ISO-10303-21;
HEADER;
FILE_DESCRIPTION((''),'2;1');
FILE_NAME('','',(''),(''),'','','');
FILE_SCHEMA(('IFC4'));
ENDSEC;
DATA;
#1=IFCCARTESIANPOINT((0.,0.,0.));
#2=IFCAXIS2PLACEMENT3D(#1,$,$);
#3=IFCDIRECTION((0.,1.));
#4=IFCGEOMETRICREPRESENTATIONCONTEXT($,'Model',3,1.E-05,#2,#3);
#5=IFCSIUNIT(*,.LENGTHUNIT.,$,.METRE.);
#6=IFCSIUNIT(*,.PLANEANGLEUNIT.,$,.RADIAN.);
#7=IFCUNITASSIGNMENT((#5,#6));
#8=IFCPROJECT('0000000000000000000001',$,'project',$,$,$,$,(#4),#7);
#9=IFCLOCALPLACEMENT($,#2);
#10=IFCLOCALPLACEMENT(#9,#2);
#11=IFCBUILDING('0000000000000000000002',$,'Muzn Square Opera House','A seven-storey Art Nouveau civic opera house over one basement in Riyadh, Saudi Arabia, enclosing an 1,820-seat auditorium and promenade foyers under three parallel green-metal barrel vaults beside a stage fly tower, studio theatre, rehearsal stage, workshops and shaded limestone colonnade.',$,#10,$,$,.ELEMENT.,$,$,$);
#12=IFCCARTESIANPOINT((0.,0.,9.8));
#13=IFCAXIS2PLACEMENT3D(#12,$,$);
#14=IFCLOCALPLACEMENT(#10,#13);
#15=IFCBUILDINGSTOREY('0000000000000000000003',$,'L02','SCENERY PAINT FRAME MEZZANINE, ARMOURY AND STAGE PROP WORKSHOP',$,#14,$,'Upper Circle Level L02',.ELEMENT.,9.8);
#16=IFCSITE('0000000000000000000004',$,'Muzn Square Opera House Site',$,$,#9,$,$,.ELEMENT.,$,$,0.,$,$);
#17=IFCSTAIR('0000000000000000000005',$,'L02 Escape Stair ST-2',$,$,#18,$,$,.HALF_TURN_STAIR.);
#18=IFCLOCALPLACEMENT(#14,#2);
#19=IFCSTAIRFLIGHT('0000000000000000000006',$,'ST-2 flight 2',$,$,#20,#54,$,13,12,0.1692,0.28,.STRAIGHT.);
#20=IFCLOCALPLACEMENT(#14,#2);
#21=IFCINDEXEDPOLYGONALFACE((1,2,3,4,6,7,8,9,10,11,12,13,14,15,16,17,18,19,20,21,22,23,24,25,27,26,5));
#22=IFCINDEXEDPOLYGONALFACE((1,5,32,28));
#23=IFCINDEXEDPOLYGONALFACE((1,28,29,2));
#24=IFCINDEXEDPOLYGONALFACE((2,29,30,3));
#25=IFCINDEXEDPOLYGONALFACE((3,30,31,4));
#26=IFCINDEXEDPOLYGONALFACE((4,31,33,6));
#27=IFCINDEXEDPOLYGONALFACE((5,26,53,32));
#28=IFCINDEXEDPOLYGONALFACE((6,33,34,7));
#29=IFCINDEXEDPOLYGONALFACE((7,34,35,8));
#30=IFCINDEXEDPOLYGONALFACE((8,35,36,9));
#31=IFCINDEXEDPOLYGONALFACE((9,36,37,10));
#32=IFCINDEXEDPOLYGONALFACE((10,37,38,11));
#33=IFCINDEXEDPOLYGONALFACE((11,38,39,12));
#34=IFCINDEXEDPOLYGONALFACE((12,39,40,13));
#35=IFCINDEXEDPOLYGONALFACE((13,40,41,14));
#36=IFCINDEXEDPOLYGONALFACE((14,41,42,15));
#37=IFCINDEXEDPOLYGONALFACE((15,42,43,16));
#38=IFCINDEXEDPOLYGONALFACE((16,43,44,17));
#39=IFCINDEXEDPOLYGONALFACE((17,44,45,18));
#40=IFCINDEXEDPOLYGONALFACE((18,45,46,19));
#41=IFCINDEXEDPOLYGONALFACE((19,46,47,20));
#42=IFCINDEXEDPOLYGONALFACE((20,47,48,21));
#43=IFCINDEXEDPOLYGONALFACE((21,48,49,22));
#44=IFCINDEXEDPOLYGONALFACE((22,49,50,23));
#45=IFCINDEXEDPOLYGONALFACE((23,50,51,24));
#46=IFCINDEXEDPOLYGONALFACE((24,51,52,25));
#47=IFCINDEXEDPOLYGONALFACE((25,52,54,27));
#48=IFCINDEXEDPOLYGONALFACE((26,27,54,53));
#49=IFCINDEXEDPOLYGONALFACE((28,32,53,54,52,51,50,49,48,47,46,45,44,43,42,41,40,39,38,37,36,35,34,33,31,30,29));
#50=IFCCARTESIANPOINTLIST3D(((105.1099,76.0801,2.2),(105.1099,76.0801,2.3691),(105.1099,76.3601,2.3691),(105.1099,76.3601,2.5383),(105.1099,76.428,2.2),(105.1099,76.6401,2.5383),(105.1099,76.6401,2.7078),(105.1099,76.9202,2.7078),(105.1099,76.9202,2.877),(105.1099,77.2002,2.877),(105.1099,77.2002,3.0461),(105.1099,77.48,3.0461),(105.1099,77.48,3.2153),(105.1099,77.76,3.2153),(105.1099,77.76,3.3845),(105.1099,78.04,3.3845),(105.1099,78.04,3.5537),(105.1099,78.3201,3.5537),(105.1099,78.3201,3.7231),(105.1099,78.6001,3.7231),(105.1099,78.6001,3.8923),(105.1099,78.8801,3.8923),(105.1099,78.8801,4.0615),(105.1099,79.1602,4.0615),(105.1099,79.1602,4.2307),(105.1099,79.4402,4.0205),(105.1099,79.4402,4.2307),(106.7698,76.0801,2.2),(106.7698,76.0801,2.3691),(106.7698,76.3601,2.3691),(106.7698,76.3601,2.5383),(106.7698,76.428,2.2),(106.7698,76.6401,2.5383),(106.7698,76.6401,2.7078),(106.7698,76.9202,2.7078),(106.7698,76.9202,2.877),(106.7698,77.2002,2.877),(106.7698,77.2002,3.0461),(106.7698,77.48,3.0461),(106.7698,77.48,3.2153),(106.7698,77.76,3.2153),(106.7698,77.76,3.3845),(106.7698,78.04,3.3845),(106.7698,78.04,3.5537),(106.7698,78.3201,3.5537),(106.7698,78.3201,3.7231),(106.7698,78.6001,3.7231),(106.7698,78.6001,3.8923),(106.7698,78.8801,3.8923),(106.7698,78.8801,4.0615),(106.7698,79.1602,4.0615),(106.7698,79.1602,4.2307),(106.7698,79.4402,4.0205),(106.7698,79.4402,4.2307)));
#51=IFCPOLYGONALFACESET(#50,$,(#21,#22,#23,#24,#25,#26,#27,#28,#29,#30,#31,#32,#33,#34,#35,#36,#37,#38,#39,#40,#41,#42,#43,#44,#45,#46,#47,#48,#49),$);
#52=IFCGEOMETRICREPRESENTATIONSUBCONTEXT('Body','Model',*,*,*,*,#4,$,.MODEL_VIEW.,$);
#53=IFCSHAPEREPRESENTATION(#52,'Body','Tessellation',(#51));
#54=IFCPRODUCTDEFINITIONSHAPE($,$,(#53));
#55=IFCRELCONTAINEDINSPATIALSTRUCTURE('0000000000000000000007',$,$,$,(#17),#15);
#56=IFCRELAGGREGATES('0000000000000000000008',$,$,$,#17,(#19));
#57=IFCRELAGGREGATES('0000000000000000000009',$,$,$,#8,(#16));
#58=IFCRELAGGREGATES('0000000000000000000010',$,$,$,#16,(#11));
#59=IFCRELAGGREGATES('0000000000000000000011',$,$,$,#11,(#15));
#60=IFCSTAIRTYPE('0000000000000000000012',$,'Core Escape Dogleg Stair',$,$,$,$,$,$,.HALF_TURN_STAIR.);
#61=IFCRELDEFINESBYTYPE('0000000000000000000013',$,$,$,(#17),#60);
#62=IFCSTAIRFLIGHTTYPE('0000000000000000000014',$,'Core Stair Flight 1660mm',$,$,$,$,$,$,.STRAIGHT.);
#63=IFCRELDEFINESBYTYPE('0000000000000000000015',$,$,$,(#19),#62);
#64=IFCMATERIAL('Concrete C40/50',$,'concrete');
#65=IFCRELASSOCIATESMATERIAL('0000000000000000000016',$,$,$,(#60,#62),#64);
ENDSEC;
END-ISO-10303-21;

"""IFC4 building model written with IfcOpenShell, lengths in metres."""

from ifc_helpers import new_model, si_unit, direction, frame, origin, place, context, subcontext, project, spatial, polyline, outline, extrude, material, type_object, element, aggregate, save


model = new_model("IFC4")

# Units and contexts
model_context = context("Model", 3, precision=1e-05, world=origin(), true_north=direction((0.0, 1.0)))
body_context = subcontext(model_context, "Body", "Model", "MODEL_VIEW")
ifc_project = project(units=[si_unit("LENGTHUNIT", "METRE"), si_unit("PLANEANGLEUNIT", "RADIAN")], contexts=[model_context])

# Site, building, storey
site_placement = place(None, origin())
site = spatial("IfcSite", under=ifc_project, at=site_placement, Name="Muzn Square Opera House Site", CompositionType="ELEMENT", RefElevation=0.0)
building_placement = place(site_placement, origin())
building = spatial("IfcBuilding", under=site, at=building_placement, Name="Muzn Square Opera House", Description="A seven-storey Art Nouveau civic opera house over one basement in Riyadh, Saudi Arabia, enclosing an 1,820-seat auditorium and promenade foyers under three parallel green-metal barrel vaults beside a stage fly tower, studio theatre, rehearsal stage, workshops and shaded limestone colonnade.", CompositionType="ELEMENT")
storey_placement = place(building_placement, frame((0.0, 0.0, 9.8)))
storey = spatial("IfcBuildingStorey", under=building, at=storey_placement, Name="L02", Description="SCENERY PAINT FRAME MEZZANINE, ARMOURY AND STAGE PROP WORKSHOP", LongName="Upper Circle Level L02", CompositionType="ELEMENT", Elevation=9.8)

# Shared definitions
ifc_material_1 = material(Name="Concrete C40/50", Category="concrete")

# Stair, stair flight
stair_type = type_object("IfcStairType", Name="Core Escape Dogleg Stair", PredefinedType="HALF_TURN_STAIR", material=ifc_material_1)
stair_placement = place(storey_placement, origin())
stair = element("IfcStair", 1, at=stair_placement, inside=storey, type_object=stair_type, Name="L02 Escape Stair ST-2", PredefinedType="HALF_TURN_STAIR")
stair_flight_type = type_object("IfcStairFlightType", Name="Core Stair Flight 1660mm", PredefinedType="STRAIGHT", material=ifc_material_1)
stair_flight_1_placement = place(storey_placement, frame((105.9399, 76.0801, 2.2), z_axis=(0.0, 0.0, 1.0), x_axis=(0.0, 1.0, 0.0)))
stair_flight_1 = element("IfcStairFlight", 2, at=stair_flight_1_placement, type_object=stair_flight_type, Name="ST-2 flight 2", NumberOfRisers=13, NumberOfTreads=12, PredefinedType="STRAIGHT", RiserHeight=0.1692, TreadLength=0.28, context=body_context, shape_type="SweptSolid", body=[
    extrude(outline(polyline([(0.0, 0.0), (0.0, 0.1692), (0.28, 0.1692), (0.28, 0.3384), (0.5601, 0.3384), (0.5601, 0.5078), (0.8401, 0.5078), (0.8401, 0.677), (1.1201, 0.677), (1.1201, 0.8462), (1.3999, 0.8462), (1.3999, 1.0154), (1.6799, 1.0154), (1.6799, 1.1846), (1.96, 1.1846), (1.96, 1.3538), (2.24, 1.3538), (2.24, 1.5232), (2.52, 1.5232), (2.52, 1.6924), (2.8, 1.6924), (2.8, 1.8616), (3.0801, 1.8616), (3.0801, 2.0308), (3.3601, 2.0308), (3.3601, 2.2), (3.3601, 1.8206), (0.3479, 0.0), (0.0, 0.0)])), frame((0.0, 0.8301, 0.0), z_axis=(0.0, -1.0, 0.0), x_axis=(1.0, 0.0, 0.0)), (0.0, 0.0, 1.0), 1.6599),
])
aggregate(stair, [stair_flight_1])

save(model, "model.ifc")
